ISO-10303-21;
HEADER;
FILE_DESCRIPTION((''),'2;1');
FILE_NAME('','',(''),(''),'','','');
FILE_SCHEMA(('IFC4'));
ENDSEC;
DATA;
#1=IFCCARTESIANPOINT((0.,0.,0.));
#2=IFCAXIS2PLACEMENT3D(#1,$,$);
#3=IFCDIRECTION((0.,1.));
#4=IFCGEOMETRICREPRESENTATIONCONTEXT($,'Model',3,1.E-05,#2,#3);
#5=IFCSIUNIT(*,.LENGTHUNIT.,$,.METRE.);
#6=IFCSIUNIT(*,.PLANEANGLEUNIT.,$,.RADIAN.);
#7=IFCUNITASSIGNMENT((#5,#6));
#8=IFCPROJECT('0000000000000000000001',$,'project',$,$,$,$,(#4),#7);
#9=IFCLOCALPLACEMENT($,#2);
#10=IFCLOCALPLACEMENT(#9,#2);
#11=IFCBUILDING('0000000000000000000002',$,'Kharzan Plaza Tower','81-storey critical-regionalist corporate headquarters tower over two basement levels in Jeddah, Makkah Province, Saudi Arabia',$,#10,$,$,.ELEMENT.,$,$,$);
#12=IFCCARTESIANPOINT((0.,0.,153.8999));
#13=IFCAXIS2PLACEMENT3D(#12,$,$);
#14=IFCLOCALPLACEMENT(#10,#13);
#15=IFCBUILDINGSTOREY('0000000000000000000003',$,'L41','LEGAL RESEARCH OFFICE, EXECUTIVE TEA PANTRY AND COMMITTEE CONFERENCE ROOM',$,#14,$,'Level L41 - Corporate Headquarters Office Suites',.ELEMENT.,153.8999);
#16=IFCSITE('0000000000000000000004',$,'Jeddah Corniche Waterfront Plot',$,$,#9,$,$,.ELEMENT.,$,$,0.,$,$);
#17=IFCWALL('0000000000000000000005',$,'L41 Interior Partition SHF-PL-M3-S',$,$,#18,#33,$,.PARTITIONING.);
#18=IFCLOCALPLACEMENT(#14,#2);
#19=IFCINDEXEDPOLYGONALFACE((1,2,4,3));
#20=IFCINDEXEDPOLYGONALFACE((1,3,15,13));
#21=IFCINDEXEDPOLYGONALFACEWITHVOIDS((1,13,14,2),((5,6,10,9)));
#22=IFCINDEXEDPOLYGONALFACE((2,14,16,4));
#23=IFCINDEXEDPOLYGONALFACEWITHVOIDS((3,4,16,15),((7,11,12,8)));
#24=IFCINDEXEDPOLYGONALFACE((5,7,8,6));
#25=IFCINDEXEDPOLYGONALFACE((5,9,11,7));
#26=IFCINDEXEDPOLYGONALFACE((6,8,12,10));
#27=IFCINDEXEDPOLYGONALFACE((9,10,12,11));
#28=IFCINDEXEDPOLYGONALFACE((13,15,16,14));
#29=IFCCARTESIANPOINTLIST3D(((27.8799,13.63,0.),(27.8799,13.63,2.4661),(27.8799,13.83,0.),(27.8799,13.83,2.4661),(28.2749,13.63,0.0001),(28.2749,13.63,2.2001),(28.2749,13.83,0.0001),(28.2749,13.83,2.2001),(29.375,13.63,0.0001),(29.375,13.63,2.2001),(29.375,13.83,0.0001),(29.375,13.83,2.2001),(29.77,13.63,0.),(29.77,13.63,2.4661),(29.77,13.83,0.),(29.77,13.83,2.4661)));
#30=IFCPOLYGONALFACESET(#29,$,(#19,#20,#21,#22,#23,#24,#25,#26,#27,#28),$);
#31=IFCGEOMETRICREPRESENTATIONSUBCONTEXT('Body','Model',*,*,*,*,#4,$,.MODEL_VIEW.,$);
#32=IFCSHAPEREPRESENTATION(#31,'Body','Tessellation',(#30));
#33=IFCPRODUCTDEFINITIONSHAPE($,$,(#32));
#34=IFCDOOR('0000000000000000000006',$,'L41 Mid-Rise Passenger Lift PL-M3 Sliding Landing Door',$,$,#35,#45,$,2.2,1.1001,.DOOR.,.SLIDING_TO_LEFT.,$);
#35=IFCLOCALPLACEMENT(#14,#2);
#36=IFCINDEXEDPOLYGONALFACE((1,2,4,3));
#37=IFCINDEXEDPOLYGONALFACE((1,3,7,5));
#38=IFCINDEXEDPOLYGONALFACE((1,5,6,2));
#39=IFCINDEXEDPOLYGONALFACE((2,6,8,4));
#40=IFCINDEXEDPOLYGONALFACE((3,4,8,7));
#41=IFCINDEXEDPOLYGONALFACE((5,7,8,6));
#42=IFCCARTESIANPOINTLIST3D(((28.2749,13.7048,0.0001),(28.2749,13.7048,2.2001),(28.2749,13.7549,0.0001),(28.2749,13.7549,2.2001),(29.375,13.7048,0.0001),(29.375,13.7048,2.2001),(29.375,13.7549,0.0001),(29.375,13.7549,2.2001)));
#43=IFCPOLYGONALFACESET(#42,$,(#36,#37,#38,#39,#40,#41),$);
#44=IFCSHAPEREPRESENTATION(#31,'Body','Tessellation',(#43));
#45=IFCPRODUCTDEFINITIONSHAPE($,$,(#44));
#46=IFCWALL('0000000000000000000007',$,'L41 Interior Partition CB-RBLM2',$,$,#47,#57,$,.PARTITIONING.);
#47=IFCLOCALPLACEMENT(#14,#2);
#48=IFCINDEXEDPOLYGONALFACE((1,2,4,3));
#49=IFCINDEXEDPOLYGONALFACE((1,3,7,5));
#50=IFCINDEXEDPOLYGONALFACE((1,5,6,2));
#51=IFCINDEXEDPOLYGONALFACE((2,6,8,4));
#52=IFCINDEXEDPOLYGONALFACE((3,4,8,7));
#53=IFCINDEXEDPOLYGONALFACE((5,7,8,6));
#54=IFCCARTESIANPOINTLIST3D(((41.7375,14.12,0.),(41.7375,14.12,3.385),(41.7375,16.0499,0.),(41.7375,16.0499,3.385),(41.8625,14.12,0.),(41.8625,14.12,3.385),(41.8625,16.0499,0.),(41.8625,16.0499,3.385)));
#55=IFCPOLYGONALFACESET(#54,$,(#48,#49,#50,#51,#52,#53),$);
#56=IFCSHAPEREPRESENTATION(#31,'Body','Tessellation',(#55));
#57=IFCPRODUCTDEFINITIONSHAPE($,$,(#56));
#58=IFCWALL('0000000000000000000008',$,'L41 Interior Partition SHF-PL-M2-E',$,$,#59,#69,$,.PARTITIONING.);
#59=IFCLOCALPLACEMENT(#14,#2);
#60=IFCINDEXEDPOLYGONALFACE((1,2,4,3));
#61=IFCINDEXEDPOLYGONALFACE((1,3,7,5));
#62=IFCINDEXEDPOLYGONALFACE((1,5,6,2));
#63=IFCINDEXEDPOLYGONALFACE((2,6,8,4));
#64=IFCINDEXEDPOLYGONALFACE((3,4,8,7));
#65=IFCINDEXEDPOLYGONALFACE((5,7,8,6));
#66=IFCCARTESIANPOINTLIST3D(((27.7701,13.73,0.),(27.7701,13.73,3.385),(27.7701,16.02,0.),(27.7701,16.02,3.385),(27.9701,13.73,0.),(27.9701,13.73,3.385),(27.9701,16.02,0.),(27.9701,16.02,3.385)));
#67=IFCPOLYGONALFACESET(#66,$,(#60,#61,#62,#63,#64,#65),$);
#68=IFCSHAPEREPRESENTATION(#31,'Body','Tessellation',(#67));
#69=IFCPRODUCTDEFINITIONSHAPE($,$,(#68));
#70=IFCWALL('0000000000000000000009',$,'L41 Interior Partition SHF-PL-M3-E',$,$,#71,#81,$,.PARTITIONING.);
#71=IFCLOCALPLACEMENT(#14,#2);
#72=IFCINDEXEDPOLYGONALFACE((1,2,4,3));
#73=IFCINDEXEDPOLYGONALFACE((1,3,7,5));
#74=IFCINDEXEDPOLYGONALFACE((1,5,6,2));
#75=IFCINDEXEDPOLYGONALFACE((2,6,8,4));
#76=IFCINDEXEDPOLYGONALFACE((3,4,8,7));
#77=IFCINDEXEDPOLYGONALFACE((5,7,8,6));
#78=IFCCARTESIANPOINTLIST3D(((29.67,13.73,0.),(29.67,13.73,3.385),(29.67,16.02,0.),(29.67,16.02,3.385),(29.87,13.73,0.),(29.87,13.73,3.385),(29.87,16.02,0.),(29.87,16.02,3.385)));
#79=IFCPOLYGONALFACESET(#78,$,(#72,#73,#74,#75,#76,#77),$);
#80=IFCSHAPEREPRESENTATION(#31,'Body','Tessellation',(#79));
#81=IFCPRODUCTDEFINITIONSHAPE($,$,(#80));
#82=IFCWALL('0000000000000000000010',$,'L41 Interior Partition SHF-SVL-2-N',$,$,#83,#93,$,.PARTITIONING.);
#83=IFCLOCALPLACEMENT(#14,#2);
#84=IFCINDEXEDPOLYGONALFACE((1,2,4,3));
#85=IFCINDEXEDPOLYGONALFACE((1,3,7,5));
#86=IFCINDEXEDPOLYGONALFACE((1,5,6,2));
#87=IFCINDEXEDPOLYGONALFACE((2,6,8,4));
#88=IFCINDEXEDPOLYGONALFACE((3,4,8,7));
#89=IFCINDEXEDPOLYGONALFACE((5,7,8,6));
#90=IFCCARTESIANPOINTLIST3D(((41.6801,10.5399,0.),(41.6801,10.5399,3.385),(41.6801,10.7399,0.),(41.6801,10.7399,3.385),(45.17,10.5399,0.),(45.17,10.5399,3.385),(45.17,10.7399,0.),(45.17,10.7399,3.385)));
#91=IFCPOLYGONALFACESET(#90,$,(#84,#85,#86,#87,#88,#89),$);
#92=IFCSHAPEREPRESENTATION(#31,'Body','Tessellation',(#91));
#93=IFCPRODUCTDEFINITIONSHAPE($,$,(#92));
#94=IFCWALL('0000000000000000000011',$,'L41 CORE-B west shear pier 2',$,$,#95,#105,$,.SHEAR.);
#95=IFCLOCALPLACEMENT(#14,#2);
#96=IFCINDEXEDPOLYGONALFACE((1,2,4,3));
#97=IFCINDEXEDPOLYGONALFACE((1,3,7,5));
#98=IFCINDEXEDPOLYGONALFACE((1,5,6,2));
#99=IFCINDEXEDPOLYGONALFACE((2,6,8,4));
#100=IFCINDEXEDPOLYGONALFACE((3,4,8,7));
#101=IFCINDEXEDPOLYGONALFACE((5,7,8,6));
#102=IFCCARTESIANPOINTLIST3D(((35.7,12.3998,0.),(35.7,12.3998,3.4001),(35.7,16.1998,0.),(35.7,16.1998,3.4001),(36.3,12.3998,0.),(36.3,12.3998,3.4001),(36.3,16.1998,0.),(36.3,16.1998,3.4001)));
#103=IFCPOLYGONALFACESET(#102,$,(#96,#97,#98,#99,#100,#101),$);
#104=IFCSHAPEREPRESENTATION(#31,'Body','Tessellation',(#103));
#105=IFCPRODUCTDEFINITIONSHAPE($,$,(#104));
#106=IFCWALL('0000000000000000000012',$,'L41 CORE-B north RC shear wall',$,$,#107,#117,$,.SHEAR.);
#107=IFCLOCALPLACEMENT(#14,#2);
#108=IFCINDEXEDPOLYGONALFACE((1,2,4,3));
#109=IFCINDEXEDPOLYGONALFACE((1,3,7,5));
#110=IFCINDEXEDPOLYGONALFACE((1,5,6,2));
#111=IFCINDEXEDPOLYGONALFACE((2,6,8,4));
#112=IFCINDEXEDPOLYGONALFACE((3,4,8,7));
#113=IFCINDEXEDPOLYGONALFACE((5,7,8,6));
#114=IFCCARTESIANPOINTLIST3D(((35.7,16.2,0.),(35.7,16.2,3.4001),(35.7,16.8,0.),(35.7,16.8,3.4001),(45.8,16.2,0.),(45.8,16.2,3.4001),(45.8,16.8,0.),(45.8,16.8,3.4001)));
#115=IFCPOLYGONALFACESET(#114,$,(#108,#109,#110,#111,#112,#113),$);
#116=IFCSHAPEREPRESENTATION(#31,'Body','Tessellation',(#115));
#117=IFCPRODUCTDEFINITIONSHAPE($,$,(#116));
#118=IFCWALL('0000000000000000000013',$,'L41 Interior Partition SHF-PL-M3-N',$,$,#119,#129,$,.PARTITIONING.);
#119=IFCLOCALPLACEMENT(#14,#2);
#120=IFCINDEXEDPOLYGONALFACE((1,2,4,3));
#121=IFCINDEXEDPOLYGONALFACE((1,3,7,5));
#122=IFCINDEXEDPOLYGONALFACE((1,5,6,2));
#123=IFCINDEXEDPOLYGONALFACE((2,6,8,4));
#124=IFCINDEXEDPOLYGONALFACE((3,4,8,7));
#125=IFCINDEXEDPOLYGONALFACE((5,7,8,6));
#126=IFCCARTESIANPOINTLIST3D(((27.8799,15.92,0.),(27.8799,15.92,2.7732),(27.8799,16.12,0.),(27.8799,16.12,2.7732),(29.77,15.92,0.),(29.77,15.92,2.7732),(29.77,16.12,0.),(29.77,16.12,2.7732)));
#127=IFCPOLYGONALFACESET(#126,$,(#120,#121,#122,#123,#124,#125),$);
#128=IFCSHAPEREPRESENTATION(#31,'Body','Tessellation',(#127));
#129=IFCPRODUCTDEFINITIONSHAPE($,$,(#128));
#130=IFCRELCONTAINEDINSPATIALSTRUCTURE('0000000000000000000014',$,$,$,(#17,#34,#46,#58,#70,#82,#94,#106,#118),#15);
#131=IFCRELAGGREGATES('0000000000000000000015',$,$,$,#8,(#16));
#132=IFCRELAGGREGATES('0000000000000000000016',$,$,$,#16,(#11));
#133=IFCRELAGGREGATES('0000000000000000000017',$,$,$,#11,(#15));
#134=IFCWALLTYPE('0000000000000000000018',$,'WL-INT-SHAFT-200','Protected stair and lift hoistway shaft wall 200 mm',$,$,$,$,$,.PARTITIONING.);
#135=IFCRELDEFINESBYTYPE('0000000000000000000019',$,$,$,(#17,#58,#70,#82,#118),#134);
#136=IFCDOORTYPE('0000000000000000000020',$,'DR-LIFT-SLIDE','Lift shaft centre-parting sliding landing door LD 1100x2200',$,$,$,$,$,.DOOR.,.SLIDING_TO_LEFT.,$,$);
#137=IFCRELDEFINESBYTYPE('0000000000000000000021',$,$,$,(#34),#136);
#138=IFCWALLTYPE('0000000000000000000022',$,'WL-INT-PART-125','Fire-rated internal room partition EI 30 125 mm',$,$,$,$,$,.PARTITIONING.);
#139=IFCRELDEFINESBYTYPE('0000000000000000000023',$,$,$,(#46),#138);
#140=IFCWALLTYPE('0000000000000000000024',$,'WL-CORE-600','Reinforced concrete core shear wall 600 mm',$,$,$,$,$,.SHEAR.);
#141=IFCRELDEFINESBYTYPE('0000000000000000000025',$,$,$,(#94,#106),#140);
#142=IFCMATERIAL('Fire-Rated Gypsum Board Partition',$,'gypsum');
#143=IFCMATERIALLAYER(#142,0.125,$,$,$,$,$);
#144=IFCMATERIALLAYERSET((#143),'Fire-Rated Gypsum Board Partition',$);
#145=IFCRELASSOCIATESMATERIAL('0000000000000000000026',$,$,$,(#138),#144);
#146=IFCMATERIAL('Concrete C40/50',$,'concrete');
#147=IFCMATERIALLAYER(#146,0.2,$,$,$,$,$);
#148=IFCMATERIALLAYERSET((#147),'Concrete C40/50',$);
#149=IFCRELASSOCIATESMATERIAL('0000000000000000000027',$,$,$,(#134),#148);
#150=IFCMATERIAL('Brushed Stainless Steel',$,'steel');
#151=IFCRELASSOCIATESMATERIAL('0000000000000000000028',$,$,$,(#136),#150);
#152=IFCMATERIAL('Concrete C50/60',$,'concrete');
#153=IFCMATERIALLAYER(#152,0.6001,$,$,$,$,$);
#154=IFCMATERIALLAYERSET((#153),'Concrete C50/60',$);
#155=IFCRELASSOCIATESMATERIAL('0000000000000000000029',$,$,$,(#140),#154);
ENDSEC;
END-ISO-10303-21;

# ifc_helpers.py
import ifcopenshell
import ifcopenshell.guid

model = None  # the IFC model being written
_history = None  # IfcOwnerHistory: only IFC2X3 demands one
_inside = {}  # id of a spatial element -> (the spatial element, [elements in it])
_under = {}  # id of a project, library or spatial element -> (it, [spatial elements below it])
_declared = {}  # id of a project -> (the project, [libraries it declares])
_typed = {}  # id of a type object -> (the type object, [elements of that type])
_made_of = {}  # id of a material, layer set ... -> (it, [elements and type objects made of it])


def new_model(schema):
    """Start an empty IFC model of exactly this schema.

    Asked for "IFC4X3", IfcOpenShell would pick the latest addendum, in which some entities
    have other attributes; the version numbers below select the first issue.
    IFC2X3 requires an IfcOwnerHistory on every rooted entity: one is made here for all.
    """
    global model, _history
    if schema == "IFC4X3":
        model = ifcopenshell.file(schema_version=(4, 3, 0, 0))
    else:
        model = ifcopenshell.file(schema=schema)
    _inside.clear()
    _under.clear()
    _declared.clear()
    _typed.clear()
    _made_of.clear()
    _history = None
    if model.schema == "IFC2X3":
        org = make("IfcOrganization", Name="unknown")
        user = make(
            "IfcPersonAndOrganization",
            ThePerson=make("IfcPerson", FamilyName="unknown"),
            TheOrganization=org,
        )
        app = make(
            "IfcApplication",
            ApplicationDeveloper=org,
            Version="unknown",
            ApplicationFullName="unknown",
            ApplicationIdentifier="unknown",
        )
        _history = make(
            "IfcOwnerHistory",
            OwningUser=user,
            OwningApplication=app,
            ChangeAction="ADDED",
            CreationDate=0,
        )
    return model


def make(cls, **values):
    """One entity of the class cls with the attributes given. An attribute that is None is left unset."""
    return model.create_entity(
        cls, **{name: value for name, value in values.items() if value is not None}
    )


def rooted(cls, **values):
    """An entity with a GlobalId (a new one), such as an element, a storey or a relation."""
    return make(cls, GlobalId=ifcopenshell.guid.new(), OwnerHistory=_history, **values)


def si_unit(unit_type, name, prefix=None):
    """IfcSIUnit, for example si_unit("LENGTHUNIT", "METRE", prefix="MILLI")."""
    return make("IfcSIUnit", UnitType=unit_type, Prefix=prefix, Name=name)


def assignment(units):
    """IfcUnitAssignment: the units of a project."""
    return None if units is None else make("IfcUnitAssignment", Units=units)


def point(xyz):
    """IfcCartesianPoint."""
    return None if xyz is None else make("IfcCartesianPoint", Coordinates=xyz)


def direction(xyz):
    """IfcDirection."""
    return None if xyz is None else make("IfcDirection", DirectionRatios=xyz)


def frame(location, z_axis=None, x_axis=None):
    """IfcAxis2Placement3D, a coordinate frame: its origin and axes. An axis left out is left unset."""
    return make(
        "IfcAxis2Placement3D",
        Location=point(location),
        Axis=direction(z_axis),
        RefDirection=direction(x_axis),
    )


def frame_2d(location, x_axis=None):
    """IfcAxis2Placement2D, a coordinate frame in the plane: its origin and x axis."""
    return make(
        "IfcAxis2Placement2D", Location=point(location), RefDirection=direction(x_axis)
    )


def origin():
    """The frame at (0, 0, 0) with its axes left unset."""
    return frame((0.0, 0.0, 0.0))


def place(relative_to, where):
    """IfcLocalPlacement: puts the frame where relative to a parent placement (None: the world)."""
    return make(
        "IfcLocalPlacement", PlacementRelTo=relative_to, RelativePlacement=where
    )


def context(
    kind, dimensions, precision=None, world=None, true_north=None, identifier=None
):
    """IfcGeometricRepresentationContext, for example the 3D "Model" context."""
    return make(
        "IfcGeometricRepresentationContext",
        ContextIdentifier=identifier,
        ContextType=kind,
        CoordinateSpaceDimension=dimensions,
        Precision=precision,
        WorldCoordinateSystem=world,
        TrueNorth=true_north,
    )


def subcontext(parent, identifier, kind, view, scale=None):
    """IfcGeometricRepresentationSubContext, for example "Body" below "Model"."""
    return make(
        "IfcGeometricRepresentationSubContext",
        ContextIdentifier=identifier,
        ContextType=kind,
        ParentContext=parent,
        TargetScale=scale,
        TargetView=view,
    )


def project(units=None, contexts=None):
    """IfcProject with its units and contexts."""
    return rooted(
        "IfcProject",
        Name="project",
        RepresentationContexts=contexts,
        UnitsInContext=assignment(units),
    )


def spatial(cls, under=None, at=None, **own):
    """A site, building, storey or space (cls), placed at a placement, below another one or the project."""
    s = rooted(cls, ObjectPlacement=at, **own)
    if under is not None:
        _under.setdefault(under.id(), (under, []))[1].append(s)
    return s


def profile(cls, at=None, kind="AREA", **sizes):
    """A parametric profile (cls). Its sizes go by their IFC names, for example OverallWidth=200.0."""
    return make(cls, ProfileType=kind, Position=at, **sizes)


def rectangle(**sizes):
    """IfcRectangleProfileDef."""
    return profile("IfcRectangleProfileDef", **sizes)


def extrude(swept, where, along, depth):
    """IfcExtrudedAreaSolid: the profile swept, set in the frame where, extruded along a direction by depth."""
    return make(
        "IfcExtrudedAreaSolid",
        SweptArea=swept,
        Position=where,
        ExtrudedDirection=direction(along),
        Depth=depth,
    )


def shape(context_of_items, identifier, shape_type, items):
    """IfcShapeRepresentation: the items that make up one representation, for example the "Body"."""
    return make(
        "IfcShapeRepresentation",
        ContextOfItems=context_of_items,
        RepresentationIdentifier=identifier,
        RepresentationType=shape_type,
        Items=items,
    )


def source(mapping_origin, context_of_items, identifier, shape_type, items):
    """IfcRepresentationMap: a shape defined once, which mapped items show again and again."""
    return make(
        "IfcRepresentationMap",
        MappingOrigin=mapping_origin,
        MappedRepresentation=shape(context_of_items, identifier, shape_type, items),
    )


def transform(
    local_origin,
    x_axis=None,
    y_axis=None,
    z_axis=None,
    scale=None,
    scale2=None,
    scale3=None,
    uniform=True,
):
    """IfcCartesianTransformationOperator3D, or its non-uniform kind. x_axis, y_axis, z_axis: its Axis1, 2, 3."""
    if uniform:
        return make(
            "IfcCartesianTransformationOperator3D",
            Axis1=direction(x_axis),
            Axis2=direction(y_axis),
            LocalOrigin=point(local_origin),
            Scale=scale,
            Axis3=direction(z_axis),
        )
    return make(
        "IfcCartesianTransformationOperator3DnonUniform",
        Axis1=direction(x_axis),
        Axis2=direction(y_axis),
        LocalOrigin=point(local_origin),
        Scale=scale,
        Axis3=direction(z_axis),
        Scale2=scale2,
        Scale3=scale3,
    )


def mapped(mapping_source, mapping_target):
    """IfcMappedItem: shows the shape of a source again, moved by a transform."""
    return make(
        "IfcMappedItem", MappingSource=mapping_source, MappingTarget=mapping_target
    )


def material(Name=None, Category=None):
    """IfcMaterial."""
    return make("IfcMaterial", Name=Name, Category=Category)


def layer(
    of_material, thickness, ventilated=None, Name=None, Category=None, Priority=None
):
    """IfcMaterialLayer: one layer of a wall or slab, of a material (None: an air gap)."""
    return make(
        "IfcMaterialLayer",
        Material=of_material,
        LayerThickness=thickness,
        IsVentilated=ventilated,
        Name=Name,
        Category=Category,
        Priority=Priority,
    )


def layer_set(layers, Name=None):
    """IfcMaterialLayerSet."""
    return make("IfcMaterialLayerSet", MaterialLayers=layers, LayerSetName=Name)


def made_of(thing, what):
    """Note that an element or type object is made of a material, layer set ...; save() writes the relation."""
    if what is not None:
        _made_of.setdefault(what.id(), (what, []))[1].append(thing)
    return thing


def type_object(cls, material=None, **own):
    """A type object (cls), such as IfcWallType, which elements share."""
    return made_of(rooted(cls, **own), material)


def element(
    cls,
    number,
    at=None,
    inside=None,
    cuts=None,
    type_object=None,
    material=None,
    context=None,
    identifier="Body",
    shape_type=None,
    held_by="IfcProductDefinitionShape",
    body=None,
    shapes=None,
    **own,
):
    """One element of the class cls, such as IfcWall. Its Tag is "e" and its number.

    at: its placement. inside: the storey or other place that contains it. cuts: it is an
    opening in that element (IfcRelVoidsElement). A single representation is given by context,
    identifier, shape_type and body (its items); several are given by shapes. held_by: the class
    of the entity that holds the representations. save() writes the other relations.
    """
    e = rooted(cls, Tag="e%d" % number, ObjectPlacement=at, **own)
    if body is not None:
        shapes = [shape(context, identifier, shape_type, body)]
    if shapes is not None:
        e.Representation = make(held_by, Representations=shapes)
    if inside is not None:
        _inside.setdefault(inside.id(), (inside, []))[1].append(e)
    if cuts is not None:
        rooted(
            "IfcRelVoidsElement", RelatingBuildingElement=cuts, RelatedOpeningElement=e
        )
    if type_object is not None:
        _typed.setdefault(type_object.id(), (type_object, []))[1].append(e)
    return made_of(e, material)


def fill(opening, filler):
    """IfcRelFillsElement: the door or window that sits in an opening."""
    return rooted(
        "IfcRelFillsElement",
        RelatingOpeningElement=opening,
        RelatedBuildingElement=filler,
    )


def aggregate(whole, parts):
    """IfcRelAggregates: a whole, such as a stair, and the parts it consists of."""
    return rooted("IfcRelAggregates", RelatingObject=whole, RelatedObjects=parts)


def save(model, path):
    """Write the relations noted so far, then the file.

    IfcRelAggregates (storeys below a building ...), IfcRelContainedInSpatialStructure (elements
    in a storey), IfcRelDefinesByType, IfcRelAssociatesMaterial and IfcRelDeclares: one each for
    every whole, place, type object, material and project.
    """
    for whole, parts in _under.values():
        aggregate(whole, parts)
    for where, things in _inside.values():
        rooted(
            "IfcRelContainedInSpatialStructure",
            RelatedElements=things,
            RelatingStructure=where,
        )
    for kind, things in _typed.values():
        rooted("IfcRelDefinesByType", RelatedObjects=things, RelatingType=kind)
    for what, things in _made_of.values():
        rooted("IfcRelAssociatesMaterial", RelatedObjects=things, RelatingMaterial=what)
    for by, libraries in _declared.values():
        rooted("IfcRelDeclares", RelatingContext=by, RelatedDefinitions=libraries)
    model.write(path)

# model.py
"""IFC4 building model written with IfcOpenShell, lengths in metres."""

from ifc_helpers import new_model, si_unit, direction, frame, frame_2d, origin, place, context, subcontext, project, spatial, rectangle, extrude, source, transform, mapped, material, layer, layer_set, type_object, element, fill, save


model = new_model("IFC4")

# Units and contexts
model_context = context("Model", 3, precision=1e-05, world=origin(), true_north=direction((0.0, 1.0)))
body_context = subcontext(model_context, "Body", "Model", "MODEL_VIEW")
ifc_project = project(units=[si_unit("LENGTHUNIT", "METRE"), si_unit("PLANEANGLEUNIT", "RADIAN")], contexts=[model_context])

# Site, building, storey
site_placement = place(None, origin())
site = spatial("IfcSite", under=ifc_project, at=site_placement, Name="Jeddah Corniche Waterfront Plot", CompositionType="ELEMENT", RefElevation=0.0)
building_placement = place(site_placement, origin())
building = spatial("IfcBuilding", under=site, at=building_placement, Name="Kharzan Plaza Tower", Description="81-storey critical-regionalist corporate headquarters tower over two basement levels in Jeddah, Makkah Province, Saudi Arabia", CompositionType="ELEMENT")
storey_placement = place(building_placement, frame((0.0, 0.0, 153.8999)))
storey = spatial("IfcBuildingStorey", under=building, at=storey_placement, Name="L41", Description="LEGAL RESEARCH OFFICE, EXECUTIVE TEA PANTRY AND COMMITTEE CONFERENCE ROOM", LongName="Level L41 - Corporate Headquarters Office Suites", CompositionType="ELEMENT", Elevation=153.8999)

# Shared definitions
ifc_material_1 = material(Name="Concrete C50/60", Category="concrete")

# Shared definitions
ifc_material_2 = material(Name="Concrete C40/50", Category="concrete")

# Wall, opening, door
ifc_material_3 = material(Name="Fire-Rated Gypsum Board Partition", Category="gypsum")
ifc_layer_1 = layer(ifc_material_3, 0.125)
ifc_layer_set_1 = layer_set([ifc_layer_1], Name="Fire-Rated Gypsum Board Partition")
wall_type_1 = type_object("IfcWallType", Name="WL-INT-PART-125", Description="Fire-rated internal room partition EI 30 125 mm", PredefinedType="PARTITIONING", material=ifc_layer_set_1)
ifc_layer_2 = layer(ifc_material_2, 0.2)
ifc_layer_set_2 = layer_set([ifc_layer_2], Name="Concrete C40/50")
wall_type_2 = type_object("IfcWallType", Name="WL-INT-SHAFT-200", Description="Protected stair and lift hoistway shaft wall 200 mm", PredefinedType="PARTITIONING", material=ifc_layer_set_2)
wall_1_placement = place(storey_placement, frame((27.8799, 13.73, 0.0), z_axis=(0.0, 0.0, 1.0), x_axis=(1.0, 0.0, 0.0)))
wall_1 = element("IfcWall", 1, at=wall_1_placement, inside=storey, type_object=wall_type_2, Name="L41 Interior Partition SHF-PL-M3-S", PredefinedType="PARTITIONING", context=body_context, shape_type="SweptSolid", body=[
    extrude(rectangle(XDim=1.8901, YDim=0.2, at=frame_2d((0.9451, 0.0))), origin(), (0.0, 0.0, 1.0), 2.4661),
])
opening_1_placement = place(wall_1_placement, frame((0.395, 0.0, 0.0)))
opening_1 = element("IfcOpeningElement", 2, at=opening_1_placement, cuts=wall_1, PredefinedType="OPENING", context=body_context, shape_type="SweptSolid", body=[
    extrude(rectangle(XDim=1.1001, YDim=2.2, at=frame_2d((0.55, 1.1001))), frame((0.0, 0.1099, 0.0), z_axis=(0.0, -1.0, 0.0), x_axis=(1.0, 0.0, 0.0)), (0.0, 0.0, 1.0), 0.22),
])
ifc_material_4 = material(Name="Brushed Stainless Steel", Category="steel")
door_type_1 = type_object("IfcDoorType", Name="DR-LIFT-SLIDE", Description="Lift shaft centre-parting sliding landing door LD 1100x2200", OperationType="SLIDING_TO_LEFT", PredefinedType="DOOR", material=ifc_material_4)
shared_shape_1 = source(origin(), body_context, "Body", "SweptSolid", [
    extrude(rectangle(XDim=1.1001, YDim=2.2, at=frame_2d((0.55, 1.1001))), frame((0.0, 0.0249, 0.0), z_axis=(0.0, -1.0, 0.0), x_axis=(1.0, 0.0, 0.0)), (0.0, 0.0, 1.0), 0.05),
])
door_1_placement = place(opening_1_placement, origin())
door_1 = element("IfcDoor", 3, at=door_1_placement, inside=storey, type_object=door_type_1, Name="L41 Mid-Rise Passenger Lift PL-M3 Sliding Landing Door", OperationType="SLIDING_TO_LEFT", OverallHeight=2.2, OverallWidth=1.1001, PredefinedType="DOOR", context=body_context, shape_type="MappedRepresentation", body=[
    mapped(shared_shape_1, transform((0.0, 0.0, 0.0), x_axis=(1.0, 0.0, 0.0), y_axis=(0.0, 1.0, 0.0), z_axis=(0.0, 0.0, 1.0))),
])
fill(opening_1, door_1)

# Walls
shared_shape_2 = source(origin(), body_context, "Body", "SweptSolid", [
    extrude(rectangle(XDim=1.9299, YDim=0.125, at=frame_2d((0.9648, 0.0))), origin(), (0.0, 0.0, 1.0), 3.385),
])
wall_2_placement = place(storey_placement, frame((41.8, 14.1201, 0.0), z_axis=(0.0, 0.0, 1.0), x_axis=(0.0, 1.0, 0.0)))
element("IfcWall", 4, at=wall_2_placement, inside=storey, type_object=wall_type_1, Name="L41 Interior Partition CB-RBLM2", PredefinedType="PARTITIONING", context=body_context, shape_type="MappedRepresentation", body=[
    mapped(shared_shape_2, transform((0.0, 0.0, 0.0), x_axis=(1.0, 0.0, 0.0), y_axis=(0.0, 1.0, 0.0), z_axis=(0.0, 0.0, 1.0))),
])
shared_shape_3 = source(origin(), body_context, "Body", "SweptSolid", [
    extrude(rectangle(XDim=2.29, YDim=0.2, at=frame_2d((1.145, 0.0))), origin(), (0.0, 0.0, 1.0), 3.385),
])
for number, where, z_axis, x_axis, name in (
    (5, (27.8701, 13.73, 0.0), (0.0, 0.0, 1.0), (0.0, 1.0, 0.0), "L41 Interior Partition SHF-PL-M2-E"),
    (6, (29.77, 13.73, 0.0), (0.0, 0.0, 1.0), (0.0, 1.0, 0.0), "L41 Interior Partition SHF-PL-M3-E"),
):
    element("IfcWall", number, at=place(storey_placement, frame(where, z_axis=z_axis, x_axis=x_axis)), inside=storey, type_object=wall_type_2, Name=name, PredefinedType="PARTITIONING", context=body_context, shape_type="MappedRepresentation", body=[
        mapped(shared_shape_3, transform((0.0, 0.0, 0.0), x_axis=(1.0, 0.0, 0.0), y_axis=(0.0, 1.0, 0.0), z_axis=(0.0, 0.0, 1.0))),
    ])
shared_shape_4 = source(origin(), body_context, "Body", "SweptSolid", [
    extrude(rectangle(XDim=3.49, YDim=0.2, at=frame_2d((1.7451, 0.0))), origin(), (0.0, 0.0, 1.0), 3.385),
])
wall_3_placement = place(storey_placement, frame((41.6799, 10.6399, 0.0), z_axis=(0.0, 0.0, 1.0), x_axis=(1.0, 0.0, 0.0)))
element("IfcWall", 7, at=wall_3_placement, inside=storey, type_object=wall_type_2, Name="L41 Interior Partition SHF-SVL-2-N", PredefinedType="PARTITIONING", context=body_context, shape_type="MappedRepresentation", body=[
    mapped(shared_shape_4, transform((0.0, 0.0, 0.0), x_axis=(1.0, 0.0, 0.0), y_axis=(0.0, 1.0, 0.0), z_axis=(0.0, 0.0, 1.0))),
])
ifc_layer_3 = layer(ifc_material_1, 0.6001)
ifc_layer_set_3 = layer_set([ifc_layer_3], Name="Concrete C50/60")
wall_type_3 = type_object("IfcWallType", Name="WL-CORE-600", Description="Reinforced concrete core shear wall 600 mm", PredefinedType="SHEAR", material=ifc_layer_set_3)
shared_shape_5 = source(origin(), body_context, "Body", "SweptSolid", [
    extrude(rectangle(XDim=3.8, YDim=0.6001, at=frame_2d((1.8999, 0.0))), origin(), (0.0, 0.0, 1.0), 3.4001),
])
wall_4_placement = place(storey_placement, frame((36.0, 12.3999, 0.0), z_axis=(0.0, 0.0, 1.0), x_axis=(0.0, 1.0, 0.0)))
element("IfcWall", 8, at=wall_4_placement, inside=storey, type_object=wall_type_3, Name="L41 CORE-B west shear pier 2", PredefinedType="SHEAR", context=body_context, shape_type="MappedRepresentation", body=[
    mapped(shared_shape_5, transform((0.0, 0.0, 0.0), x_axis=(1.0, 0.0, 0.0), y_axis=(0.0, 1.0, 0.0), z_axis=(0.0, 0.0, 1.0))),
])
shared_shape_6 = source(origin(), body_context, "Body", "SweptSolid", [
    extrude(rectangle(XDim=10.1001, YDim=0.6001, at=frame_2d((5.05, 0.0))), origin(), (0.0, 0.0, 1.0), 3.4001),
])
wall_5_placement = place(storey_placement, frame((35.7, 16.5, 0.0), z_axis=(0.0, 0.0, 1.0), x_axis=(1.0, 0.0, 0.0)))
element("IfcWall", 9, at=wall_5_placement, inside=storey, type_object=wall_type_3, Name="L41 CORE-B north RC shear wall", PredefinedType="SHEAR", context=body_context, shape_type="MappedRepresentation", body=[
    mapped(shared_shape_6, transform((0.0, 0.0, 0.0), x_axis=(1.0, 0.0, 0.0), y_axis=(0.0, 1.0, 0.0), z_axis=(0.0, 0.0, 1.0))),
])
shared_shape_7 = source(origin(), body_context, "Body", "SweptSolid", [
    extrude(rectangle(XDim=1.8901, YDim=0.2, at=frame_2d((0.9451, 0.0))), origin(), (0.0, 0.0, 1.0), 2.7732),
])
wall_6_placement = place(storey_placement, frame((27.8799, 16.02, 0.0), z_axis=(0.0, 0.0, 1.0), x_axis=(1.0, 0.0, 0.0)))
element("IfcWall", 10, at=wall_6_placement, inside=storey, type_object=wall_type_2, Name="L41 Interior Partition SHF-PL-M3-N", PredefinedType="PARTITIONING", context=body_context, shape_type="MappedRepresentation", body=[
    mapped(shared_shape_7, transform((0.0, 0.0, 0.0), x_axis=(1.0, 0.0, 0.0), y_axis=(0.0, 1.0, 0.0), z_axis=(0.0, 0.0, 1.0))),
])

save(model, "model.ifc")
